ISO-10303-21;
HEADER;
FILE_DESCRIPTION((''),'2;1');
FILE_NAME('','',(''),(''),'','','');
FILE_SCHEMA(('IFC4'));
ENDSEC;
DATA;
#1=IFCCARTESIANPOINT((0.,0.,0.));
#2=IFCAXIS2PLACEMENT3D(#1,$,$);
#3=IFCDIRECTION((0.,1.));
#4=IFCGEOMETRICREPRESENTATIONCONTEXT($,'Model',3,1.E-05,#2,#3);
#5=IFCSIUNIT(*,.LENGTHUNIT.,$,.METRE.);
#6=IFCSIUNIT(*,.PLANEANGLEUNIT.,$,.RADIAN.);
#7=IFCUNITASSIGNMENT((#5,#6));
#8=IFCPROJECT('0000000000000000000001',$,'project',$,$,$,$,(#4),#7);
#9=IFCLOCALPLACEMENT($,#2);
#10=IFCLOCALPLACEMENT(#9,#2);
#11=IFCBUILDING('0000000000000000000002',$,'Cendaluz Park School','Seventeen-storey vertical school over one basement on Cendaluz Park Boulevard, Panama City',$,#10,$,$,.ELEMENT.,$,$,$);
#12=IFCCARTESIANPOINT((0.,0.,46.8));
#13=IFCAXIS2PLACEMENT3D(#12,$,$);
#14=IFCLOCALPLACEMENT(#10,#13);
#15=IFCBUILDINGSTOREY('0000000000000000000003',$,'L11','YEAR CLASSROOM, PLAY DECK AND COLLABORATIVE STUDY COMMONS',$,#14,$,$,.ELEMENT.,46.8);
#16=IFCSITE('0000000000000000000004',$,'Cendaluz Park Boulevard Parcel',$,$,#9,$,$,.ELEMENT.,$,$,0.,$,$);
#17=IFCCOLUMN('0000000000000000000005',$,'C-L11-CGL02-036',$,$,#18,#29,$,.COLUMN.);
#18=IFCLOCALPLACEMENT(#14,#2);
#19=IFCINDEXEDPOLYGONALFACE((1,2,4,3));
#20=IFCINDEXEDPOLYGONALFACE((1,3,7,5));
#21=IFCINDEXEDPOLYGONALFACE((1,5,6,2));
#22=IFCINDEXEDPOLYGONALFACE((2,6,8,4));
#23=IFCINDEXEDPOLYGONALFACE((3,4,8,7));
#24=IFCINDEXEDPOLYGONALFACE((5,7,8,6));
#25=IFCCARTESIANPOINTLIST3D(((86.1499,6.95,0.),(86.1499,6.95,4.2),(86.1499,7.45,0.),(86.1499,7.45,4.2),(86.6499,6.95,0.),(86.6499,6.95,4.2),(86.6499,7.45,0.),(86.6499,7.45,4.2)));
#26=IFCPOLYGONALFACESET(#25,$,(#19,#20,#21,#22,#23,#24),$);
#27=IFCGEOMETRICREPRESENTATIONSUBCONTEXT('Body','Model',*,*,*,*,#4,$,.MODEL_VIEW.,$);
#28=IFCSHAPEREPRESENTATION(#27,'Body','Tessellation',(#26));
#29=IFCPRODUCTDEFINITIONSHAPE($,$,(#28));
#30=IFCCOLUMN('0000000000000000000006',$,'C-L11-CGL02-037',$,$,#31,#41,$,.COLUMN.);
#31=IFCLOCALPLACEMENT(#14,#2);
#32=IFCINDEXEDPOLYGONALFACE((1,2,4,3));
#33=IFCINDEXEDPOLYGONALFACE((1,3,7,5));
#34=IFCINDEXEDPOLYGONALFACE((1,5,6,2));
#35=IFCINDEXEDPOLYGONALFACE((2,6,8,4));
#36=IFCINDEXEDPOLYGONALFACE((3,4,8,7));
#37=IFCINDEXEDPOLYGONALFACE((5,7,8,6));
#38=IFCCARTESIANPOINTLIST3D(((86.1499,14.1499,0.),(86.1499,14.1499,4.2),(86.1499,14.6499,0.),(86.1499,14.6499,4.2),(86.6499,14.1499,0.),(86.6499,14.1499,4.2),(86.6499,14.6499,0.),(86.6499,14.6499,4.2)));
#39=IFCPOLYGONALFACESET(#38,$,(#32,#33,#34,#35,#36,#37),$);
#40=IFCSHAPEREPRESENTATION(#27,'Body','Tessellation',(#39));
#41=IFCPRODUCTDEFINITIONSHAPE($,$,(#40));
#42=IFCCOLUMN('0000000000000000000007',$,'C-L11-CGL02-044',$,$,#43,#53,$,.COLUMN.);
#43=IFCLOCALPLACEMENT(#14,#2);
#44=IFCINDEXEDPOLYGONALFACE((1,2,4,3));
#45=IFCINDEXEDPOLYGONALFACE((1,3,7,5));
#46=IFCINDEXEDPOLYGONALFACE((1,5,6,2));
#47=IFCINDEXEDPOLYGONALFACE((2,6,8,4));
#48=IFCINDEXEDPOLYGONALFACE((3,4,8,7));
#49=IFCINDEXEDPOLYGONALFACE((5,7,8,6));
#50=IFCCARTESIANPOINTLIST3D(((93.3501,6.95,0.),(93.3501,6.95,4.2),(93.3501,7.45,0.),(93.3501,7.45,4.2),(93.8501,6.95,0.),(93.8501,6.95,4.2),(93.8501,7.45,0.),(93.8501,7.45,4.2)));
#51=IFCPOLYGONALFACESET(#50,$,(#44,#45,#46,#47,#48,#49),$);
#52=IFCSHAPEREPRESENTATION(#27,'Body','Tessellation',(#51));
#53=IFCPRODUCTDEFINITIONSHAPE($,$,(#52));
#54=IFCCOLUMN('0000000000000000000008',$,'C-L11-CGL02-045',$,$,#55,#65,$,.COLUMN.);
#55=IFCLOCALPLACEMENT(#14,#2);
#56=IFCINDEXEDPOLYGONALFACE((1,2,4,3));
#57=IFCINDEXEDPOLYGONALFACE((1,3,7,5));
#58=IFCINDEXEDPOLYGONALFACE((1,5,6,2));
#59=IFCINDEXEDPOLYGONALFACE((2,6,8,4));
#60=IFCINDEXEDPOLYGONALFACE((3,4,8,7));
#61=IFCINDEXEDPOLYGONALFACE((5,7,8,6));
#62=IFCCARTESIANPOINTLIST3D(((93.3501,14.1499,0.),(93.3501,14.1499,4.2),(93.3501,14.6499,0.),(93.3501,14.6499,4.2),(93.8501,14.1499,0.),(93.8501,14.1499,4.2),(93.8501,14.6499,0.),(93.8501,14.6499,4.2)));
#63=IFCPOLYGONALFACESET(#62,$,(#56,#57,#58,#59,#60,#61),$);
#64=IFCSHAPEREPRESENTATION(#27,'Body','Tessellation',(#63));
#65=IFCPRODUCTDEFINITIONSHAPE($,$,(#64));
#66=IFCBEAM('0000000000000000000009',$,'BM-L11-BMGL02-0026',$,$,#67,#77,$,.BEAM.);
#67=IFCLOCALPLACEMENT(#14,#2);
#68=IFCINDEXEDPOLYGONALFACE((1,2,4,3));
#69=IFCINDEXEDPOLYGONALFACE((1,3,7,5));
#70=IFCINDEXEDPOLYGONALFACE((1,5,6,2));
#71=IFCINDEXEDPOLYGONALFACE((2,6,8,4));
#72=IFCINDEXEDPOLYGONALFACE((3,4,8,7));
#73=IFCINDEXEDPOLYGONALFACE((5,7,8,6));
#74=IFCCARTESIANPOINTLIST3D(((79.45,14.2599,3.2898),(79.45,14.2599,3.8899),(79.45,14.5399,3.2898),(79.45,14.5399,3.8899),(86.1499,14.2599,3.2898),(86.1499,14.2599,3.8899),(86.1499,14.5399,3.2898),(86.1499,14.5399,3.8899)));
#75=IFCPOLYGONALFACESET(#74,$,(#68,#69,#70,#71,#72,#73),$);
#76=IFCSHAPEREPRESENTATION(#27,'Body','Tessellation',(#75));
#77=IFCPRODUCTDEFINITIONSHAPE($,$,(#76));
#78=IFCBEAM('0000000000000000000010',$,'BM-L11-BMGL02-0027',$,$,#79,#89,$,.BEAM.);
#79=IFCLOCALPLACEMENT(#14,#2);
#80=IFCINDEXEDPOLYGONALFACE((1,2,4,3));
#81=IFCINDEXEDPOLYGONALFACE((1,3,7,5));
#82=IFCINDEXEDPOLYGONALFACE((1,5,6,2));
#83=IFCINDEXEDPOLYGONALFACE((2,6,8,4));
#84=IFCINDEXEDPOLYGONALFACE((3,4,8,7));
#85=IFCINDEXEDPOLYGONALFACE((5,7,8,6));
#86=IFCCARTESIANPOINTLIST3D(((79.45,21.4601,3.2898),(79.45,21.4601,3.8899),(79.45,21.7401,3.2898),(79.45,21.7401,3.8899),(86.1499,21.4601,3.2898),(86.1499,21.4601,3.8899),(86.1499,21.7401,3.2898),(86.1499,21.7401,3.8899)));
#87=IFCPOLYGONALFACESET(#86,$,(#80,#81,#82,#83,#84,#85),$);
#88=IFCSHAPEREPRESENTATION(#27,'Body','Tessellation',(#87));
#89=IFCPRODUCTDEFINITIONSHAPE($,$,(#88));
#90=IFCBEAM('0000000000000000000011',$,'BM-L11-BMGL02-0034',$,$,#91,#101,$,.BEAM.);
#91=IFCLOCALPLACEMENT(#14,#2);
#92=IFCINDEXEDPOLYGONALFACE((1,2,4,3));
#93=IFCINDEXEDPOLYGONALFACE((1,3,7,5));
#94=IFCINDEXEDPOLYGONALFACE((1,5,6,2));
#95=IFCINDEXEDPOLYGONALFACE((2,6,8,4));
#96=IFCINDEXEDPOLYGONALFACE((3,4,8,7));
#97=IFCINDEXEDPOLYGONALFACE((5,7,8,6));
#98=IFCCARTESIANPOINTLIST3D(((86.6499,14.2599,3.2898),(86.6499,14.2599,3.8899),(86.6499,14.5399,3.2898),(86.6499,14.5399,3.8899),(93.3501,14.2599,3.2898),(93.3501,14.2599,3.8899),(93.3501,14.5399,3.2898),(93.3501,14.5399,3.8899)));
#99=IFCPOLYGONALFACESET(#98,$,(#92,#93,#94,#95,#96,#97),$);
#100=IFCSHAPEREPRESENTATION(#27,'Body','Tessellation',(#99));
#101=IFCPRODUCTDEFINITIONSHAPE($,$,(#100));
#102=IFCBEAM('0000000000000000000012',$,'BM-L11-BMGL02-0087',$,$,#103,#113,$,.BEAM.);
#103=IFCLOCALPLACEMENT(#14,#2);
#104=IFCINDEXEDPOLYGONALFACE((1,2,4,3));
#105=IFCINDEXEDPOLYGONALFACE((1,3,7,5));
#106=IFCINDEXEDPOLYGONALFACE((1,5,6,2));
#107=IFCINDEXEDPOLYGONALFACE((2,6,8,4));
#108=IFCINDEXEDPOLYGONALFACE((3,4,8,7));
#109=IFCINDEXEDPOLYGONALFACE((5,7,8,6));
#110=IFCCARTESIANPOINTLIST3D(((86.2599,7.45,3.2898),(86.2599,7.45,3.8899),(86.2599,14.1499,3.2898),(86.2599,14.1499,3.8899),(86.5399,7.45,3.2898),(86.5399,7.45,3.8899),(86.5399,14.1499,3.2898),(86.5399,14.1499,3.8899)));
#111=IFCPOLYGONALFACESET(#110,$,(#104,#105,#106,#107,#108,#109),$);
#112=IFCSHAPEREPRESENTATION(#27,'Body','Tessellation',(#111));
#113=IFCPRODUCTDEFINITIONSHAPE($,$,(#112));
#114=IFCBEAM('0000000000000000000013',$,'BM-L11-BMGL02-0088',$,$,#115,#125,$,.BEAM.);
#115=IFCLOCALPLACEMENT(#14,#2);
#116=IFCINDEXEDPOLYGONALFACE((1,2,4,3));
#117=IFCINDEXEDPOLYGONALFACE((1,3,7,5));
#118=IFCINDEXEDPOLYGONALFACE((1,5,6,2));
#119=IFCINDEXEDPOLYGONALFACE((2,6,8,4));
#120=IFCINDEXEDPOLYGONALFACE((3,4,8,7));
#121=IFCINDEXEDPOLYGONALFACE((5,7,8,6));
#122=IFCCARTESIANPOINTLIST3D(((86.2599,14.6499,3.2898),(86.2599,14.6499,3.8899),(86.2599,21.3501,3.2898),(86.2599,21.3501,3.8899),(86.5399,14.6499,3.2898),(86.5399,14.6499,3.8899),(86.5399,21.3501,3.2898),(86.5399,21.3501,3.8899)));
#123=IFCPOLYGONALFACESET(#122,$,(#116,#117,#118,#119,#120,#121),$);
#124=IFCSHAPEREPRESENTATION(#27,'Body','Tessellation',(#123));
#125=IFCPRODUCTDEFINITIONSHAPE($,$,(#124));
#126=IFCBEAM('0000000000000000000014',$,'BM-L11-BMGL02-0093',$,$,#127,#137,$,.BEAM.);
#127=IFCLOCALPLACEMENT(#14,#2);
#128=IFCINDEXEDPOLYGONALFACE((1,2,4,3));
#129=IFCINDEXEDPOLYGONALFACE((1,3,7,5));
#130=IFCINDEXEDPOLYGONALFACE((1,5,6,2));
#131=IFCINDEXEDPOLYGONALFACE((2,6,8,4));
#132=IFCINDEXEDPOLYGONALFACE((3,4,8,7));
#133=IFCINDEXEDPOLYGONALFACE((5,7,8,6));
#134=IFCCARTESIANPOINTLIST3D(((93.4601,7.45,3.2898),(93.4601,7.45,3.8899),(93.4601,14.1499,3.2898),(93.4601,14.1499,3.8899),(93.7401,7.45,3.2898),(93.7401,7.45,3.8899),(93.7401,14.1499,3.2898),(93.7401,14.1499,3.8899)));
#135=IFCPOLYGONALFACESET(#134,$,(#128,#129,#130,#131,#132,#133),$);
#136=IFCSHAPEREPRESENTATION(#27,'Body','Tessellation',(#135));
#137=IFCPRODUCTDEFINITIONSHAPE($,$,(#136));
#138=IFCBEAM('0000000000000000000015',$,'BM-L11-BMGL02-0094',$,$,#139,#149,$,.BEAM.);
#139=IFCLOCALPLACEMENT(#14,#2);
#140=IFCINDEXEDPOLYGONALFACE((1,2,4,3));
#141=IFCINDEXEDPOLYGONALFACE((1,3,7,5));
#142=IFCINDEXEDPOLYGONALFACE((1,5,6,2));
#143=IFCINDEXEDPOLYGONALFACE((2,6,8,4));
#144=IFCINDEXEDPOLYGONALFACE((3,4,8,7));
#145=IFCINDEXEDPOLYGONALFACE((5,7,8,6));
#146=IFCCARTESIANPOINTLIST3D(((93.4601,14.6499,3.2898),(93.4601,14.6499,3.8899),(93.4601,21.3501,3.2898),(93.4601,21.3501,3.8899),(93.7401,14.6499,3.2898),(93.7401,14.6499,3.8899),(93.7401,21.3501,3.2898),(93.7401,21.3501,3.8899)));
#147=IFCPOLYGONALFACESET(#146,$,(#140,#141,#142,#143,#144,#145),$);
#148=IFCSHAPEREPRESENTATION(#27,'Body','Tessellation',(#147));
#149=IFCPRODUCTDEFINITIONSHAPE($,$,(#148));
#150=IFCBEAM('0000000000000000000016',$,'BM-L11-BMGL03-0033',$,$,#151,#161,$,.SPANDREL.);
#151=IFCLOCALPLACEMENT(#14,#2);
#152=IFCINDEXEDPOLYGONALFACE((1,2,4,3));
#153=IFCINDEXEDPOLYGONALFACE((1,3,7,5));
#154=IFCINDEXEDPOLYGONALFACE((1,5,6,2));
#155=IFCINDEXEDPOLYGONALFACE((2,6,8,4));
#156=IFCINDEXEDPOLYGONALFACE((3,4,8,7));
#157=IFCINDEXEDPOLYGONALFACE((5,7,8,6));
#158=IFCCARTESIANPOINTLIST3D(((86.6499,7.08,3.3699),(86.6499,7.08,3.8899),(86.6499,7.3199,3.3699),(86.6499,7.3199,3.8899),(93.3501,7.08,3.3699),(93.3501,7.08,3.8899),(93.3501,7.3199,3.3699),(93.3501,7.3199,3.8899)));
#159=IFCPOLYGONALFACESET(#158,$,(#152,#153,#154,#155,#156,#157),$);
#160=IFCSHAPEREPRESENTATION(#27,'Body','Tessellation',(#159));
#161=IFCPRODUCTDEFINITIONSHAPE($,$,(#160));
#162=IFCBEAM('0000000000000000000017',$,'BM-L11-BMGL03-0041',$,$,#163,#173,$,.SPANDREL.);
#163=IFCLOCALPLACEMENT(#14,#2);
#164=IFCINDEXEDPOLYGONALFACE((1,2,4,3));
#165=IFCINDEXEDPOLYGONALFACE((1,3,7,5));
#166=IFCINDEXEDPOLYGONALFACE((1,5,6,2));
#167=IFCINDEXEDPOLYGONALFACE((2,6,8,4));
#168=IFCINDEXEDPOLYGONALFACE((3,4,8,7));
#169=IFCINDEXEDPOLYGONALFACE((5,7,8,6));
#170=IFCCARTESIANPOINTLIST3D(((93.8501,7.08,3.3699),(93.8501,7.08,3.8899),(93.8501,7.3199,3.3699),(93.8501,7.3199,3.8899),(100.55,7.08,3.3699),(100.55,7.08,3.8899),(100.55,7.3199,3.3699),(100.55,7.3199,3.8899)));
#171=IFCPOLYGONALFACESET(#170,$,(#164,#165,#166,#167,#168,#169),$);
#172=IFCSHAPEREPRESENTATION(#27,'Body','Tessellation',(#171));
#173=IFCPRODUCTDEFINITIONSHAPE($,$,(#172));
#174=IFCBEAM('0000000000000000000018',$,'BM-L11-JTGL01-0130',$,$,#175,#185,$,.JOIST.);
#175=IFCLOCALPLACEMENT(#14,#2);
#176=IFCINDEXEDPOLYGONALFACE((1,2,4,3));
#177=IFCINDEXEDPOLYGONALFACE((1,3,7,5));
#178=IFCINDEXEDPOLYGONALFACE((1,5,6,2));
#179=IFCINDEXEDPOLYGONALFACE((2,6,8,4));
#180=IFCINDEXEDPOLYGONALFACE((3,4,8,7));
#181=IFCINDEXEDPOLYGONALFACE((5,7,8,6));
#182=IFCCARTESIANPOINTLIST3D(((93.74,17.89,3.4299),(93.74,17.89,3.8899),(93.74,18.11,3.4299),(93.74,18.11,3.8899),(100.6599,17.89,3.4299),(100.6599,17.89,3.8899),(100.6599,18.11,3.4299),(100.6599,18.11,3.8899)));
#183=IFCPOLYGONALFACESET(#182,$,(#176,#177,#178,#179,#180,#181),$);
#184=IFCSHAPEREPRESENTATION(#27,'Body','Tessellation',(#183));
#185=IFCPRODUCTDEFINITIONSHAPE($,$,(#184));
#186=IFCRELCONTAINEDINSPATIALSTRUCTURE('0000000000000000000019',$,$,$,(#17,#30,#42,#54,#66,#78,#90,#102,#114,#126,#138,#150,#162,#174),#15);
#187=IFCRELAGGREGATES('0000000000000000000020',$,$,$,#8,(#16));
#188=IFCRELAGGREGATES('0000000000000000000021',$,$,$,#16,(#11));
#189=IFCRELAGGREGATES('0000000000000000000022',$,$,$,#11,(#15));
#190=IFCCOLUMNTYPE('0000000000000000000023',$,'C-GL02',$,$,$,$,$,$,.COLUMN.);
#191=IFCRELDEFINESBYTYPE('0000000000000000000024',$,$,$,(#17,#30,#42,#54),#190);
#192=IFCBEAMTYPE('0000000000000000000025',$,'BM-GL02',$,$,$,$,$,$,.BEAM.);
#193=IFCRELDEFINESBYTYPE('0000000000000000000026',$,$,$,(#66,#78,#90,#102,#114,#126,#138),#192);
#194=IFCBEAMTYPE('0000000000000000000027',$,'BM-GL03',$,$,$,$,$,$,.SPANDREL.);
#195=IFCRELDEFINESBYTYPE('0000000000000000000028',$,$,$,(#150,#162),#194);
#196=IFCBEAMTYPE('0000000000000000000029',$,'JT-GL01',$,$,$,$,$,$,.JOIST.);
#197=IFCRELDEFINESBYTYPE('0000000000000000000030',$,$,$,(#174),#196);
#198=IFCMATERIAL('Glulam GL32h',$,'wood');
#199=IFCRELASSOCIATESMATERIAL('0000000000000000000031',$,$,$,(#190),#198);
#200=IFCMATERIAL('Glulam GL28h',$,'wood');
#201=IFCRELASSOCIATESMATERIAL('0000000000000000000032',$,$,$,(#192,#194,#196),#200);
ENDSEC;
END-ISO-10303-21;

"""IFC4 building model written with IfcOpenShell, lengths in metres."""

from ifc_helpers import new_model, si_unit, direction, frame, origin, origin_2d, place, context, subcontext, project, spatial, rectangle, extrude, material, material_profile, profile_set, type_object, element, save


model = new_model("IFC4")

# Units and contexts
model_context = context("Model", 3, precision=1e-05, world=origin(), true_north=direction((0.0, 1.0)))
body_context = subcontext(model_context, "Body", "Model", "MODEL_VIEW")
ifc_project = project(units=[si_unit("LENGTHUNIT", "METRE"), si_unit("PLANEANGLEUNIT", "RADIAN")], contexts=[model_context])

# Site, building, storey
site_placement = place(None, origin())
site = spatial("IfcSite", under=ifc_project, at=site_placement, Name="Cendaluz Park Boulevard Parcel", CompositionType="ELEMENT", RefElevation=0.0)
building_placement = place(site_placement, origin())
building = spatial("IfcBuilding", under=site, at=building_placement, Name="Cendaluz Park School", Description="Seventeen-storey vertical school over one basement on Cendaluz Park Boulevard, Panama City", CompositionType="ELEMENT")
storey_placement = place(building_placement, frame((0.0, 0.0, 46.8)))
storey = spatial("IfcBuildingStorey", under=building, at=storey_placement, Name="L11", Description="YEAR CLASSROOM, PLAY DECK AND COLLABORATIVE STUDY COMMONS", CompositionType="ELEMENT", Elevation=46.8)

# Columns
ifc_material_1 = material(Name="Glulam GL32h", Category="wood")
ifc_material_profile_1 = material_profile(ifc_material_1, rectangle(XDim=0.5, YDim=0.5, at=origin_2d()), Name="GL32h 500x500", Category="wood")
ifc_profile_set_1 = profile_set([ifc_material_profile_1], Name="Glulam GL32h")
column_type = type_object("IfcColumnType", Name="C-GL02", PredefinedType="COLUMN", material=ifc_profile_set_1)
for number, where, z_axis, x_axis, name in (
    (1, (86.3999, 7.2, 0.0), (0.0, 0.0, 1.0), (1.0, 0.0, 0.0), "C-L11-CGL02-036"),
    (2, (86.3999, 14.3999, 0.0), (0.0, 0.0, 1.0), (1.0, 0.0, 0.0), "C-L11-CGL02-037"),
    (3, (93.6001, 7.2, 0.0), (0.0, 0.0, 1.0), (1.0, 0.0, 0.0), "C-L11-CGL02-044"),
    (4, (93.6001, 14.3999, 0.0), (0.0, 0.0, 1.0), (1.0, 0.0, 0.0), "C-L11-CGL02-045"),
):
    element("IfcColumn", number, at=place(storey_placement, frame(where, z_axis=z_axis, x_axis=x_axis)), inside=storey, type_object=column_type, Name=name, PredefinedType="COLUMN", context=body_context, shape_type="SweptSolid", body=[
        extrude(rectangle(XDim=0.5, YDim=0.5, at=origin_2d()), origin(), (0.0, 0.0, 1.0), 4.2),
    ])

# Beams
ifc_material_2 = material(Name="Glulam GL28h", Category="wood")
ifc_material_profile_2 = material_profile(ifc_material_2, rectangle(XDim=0.28, YDim=0.6001, at=origin_2d()), Name="GL28h 280x600", Category="wood")
ifc_profile_set_2 = profile_set([ifc_material_profile_2], Name="Glulam GL28h")
beam_type_1 = type_object("IfcBeamType", Name="BM-GL02", PredefinedType="BEAM", material=ifc_profile_set_2)
for number, where, z_axis, x_axis, name in (
    (5, (79.45, 14.3999, 3.5898), (1.0, 0.0, 0.0), (0.0, 1.0, 0.0), "BM-L11-BMGL02-0026"),
    (6, (79.45, 21.6001, 3.5898), (1.0, 0.0, 0.0), (0.0, 1.0, 0.0), "BM-L11-BMGL02-0027"),
):
    element("IfcBeam", number, at=place(storey_placement, frame(where, z_axis=z_axis, x_axis=x_axis)), inside=storey, type_object=beam_type_1, Name=name, PredefinedType="BEAM", context=body_context, shape_type="SweptSolid", body=[
        extrude(rectangle(XDim=0.28, YDim=0.6001, at=origin_2d()), origin(), (0.0, 0.0, 1.0), 6.7),
    ])
beam_1_placement = place(storey_placement, frame((86.6499, 14.3999, 3.5898), z_axis=(1.0, 0.0, 0.0), x_axis=(0.0, 1.0, 0.0)))
element("IfcBeam", 7, at=beam_1_placement, inside=storey, type_object=beam_type_1, Name="BM-L11-BMGL02-0034", PredefinedType="BEAM", context=body_context, shape_type="SweptSolid", body=[
    extrude(rectangle(XDim=0.28, YDim=0.6001, at=origin_2d()), origin(), (0.0, 0.0, 1.0), 6.7002),
])
beam_2_placement = place(storey_placement, frame((86.3999, 7.45, 3.5898), z_axis=(0.0, 1.0, 0.0), x_axis=(-1.0, 0.0, 0.0)))
element("IfcBeam", 8, at=beam_2_placement, inside=storey, type_object=beam_type_1, Name="BM-L11-BMGL02-0087", PredefinedType="BEAM", context=body_context, shape_type="SweptSolid", body=[
    extrude(rectangle(XDim=0.28, YDim=0.6001, at=origin_2d()), origin(), (0.0, 0.0, 1.0), 6.7),
])
beam_3_placement = place(storey_placement, frame((86.3999, 14.6499, 3.5898), z_axis=(0.0, 1.0, 0.0), x_axis=(-1.0, 0.0, 0.0)))
element("IfcBeam", 9, at=beam_3_placement, inside=storey, type_object=beam_type_1, Name="BM-L11-BMGL02-0088", PredefinedType="BEAM", context=body_context, shape_type="SweptSolid", body=[
    extrude(rectangle(XDim=0.28, YDim=0.6001, at=origin_2d()), origin(), (0.0, 0.0, 1.0), 6.7002),
])
beam_4_placement = place(storey_placement, frame((93.6001, 7.45, 3.5898), z_axis=(0.0, 1.0, 0.0), x_axis=(-1.0, 0.0, 0.0)))
element("IfcBeam", 10, at=beam_4_placement, inside=storey, type_object=beam_type_1, Name="BM-L11-BMGL02-0093", PredefinedType="BEAM", context=body_context, shape_type="SweptSolid", body=[
    extrude(rectangle(XDim=0.28, YDim=0.6001, at=origin_2d()), origin(), (0.0, 0.0, 1.0), 6.7),
])
beam_5_placement = place(storey_placement, frame((93.6001, 14.6499, 3.5898), z_axis=(0.0, 1.0, 0.0), x_axis=(-1.0, 0.0, 0.0)))
element("IfcBeam", 11, at=beam_5_placement, inside=storey, type_object=beam_type_1, Name="BM-L11-BMGL02-0094", PredefinedType="BEAM", context=body_context, shape_type="SweptSolid", body=[
    extrude(rectangle(XDim=0.28, YDim=0.6001, at=origin_2d()), origin(), (0.0, 0.0, 1.0), 6.7002),
])
ifc_material_profile_3 = material_profile(ifc_material_2, rectangle(XDim=0.24, YDim=0.52, at=origin_2d()), Name="GL28h 240x520", Category="wood")
ifc_profile_set_3 = profile_set([ifc_material_profile_3], Name="Glulam GL28h")
beam_type_2 = type_object("IfcBeamType", Name="BM-GL03", PredefinedType="SPANDREL", material=ifc_profile_set_3)
beam_6_placement = place(storey_placement, frame((86.6499, 7.2, 3.6299), z_axis=(1.0, 0.0, 0.0), x_axis=(0.0, 1.0, 0.0)))
element("IfcBeam", 12, at=beam_6_placement, inside=storey, type_object=beam_type_2, Name="BM-L11-BMGL03-0033", PredefinedType="SPANDREL", context=body_context, shape_type="SweptSolid", body=[
    extrude(rectangle(XDim=0.24, YDim=0.52, at=origin_2d()), origin(), (0.0, 0.0, 1.0), 6.7002),
])
beam_7_placement = place(storey_placement, frame((93.8501, 7.2, 3.6299), z_axis=(1.0, 0.0, 0.0), x_axis=(0.0, 1.0, 0.0)))
element("IfcBeam", 13, at=beam_7_placement, inside=storey, type_object=beam_type_2, Name="BM-L11-BMGL03-0041", PredefinedType="SPANDREL", context=body_context, shape_type="SweptSolid", body=[
    extrude(rectangle(XDim=0.24, YDim=0.52, at=origin_2d()), origin(), (0.0, 0.0, 1.0), 6.7),
])
ifc_material_profile_4 = material_profile(ifc_material_2, rectangle(XDim=0.22, YDim=0.46, at=origin_2d()), Name="GL28h 220x460", Category="wood")
ifc_profile_set_4 = profile_set([ifc_material_profile_4], Name="Glulam GL28h")
beam_type_3 = type_object("IfcBeamType", Name="JT-GL01", PredefinedType="JOIST", material=ifc_profile_set_4)
beam_8_placement = place(storey_placement, frame((93.74, 18.0, 3.6599), z_axis=(1.0, 0.0, 0.0), x_axis=(0.0, 1.0, 0.0)))
element("IfcBeam", 14, at=beam_8_placement, inside=storey, type_object=beam_type_3, Name="BM-L11-JTGL01-0130", PredefinedType="JOIST", context=body_context, shape_type="SweptSolid", body=[
    extrude(rectangle(XDim=0.22, YDim=0.46, at=origin_2d()), origin(), (0.0, 0.0, 1.0), 6.9199),
])

save(model, "model.ifc")
